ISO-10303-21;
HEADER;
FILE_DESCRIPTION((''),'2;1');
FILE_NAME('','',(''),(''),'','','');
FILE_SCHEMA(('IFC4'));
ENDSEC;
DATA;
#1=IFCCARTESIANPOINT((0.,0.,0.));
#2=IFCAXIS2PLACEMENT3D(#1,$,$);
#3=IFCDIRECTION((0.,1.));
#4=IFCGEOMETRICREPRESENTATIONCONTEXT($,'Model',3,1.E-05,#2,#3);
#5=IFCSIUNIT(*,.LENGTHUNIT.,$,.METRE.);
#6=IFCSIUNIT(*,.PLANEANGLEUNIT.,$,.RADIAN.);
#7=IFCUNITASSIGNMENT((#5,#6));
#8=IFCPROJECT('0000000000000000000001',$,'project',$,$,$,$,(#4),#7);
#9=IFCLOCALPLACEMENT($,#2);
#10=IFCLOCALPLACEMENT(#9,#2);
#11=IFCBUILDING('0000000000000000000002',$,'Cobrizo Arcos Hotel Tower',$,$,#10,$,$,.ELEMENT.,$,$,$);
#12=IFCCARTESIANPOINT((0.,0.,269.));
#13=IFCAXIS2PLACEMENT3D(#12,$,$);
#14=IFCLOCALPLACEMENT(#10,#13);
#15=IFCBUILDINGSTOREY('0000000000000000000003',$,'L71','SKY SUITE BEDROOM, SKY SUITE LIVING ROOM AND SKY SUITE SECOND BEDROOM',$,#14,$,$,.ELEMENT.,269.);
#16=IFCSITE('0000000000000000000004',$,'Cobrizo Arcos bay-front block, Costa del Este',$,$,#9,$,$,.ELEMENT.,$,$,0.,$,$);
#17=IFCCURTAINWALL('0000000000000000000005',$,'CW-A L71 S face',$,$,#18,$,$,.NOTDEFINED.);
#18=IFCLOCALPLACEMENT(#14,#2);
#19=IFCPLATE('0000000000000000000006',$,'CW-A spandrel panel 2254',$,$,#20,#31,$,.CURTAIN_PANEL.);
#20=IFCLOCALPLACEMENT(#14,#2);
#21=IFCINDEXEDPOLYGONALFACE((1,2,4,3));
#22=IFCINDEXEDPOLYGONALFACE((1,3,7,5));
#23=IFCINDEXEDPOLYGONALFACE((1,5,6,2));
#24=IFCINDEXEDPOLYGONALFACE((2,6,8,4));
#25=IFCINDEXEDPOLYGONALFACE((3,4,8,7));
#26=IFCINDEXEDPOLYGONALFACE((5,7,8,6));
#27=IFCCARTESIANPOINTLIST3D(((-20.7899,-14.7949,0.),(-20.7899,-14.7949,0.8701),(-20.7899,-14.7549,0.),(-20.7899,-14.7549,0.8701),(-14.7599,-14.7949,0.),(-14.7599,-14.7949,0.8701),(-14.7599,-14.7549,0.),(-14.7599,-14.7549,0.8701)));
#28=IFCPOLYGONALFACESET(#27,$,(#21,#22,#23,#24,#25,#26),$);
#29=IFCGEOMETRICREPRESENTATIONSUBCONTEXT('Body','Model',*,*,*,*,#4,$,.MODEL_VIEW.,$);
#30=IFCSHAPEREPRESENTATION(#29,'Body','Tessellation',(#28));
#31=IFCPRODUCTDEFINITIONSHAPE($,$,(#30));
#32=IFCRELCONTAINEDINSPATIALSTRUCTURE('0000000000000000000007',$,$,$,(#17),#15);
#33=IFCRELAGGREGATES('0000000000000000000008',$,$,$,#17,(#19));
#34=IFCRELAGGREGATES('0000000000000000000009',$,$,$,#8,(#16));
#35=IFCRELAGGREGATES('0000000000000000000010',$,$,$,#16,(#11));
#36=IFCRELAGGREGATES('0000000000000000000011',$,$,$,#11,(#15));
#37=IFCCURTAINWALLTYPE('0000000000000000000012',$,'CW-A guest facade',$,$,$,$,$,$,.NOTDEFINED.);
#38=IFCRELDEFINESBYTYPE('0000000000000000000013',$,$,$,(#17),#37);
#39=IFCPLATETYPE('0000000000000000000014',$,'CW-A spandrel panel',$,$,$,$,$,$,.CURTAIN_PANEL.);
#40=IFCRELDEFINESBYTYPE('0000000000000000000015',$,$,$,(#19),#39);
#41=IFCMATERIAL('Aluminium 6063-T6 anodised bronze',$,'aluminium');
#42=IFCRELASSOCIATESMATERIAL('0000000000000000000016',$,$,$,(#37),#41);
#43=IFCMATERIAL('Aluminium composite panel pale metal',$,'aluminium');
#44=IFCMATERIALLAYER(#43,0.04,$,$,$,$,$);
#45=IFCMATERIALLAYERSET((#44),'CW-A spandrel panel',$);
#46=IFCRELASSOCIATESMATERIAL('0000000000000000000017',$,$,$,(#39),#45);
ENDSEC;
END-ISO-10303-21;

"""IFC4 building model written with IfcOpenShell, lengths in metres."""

from ifc_helpers import new_model, si_unit, direction, frame, origin, origin_2d, place, context, subcontext, project, spatial, rectangle, extrude, material, layer, layer_set, type_object, element, aggregate, save


model = new_model("IFC4")

# Units and contexts
model_context = context("Model", 3, precision=1e-05, world=origin(), true_north=direction((0.0, 1.0)))
body_context = subcontext(model_context, "Body", "Model", "MODEL_VIEW")
ifc_project = project(units=[si_unit("LENGTHUNIT", "METRE"), si_unit("PLANEANGLEUNIT", "RADIAN")], contexts=[model_context])

# Site, building, storey
site_placement = place(None, origin())
site = spatial("IfcSite", under=ifc_project, at=site_placement, Name="Cobrizo Arcos bay-front block, Costa del Este", CompositionType="ELEMENT", RefElevation=0.0)
building_placement = place(site_placement, origin())
building = spatial("IfcBuilding", under=site, at=building_placement, Name="Cobrizo Arcos Hotel Tower", CompositionType="ELEMENT")
storey_placement = place(building_placement, frame((0.0, 0.0, 269.0)))
storey = spatial("IfcBuildingStorey", under=building, at=storey_placement, Name="L71", Description="SKY SUITE BEDROOM, SKY SUITE LIVING ROOM AND SKY SUITE SECOND BEDROOM", CompositionType="ELEMENT", Elevation=269.0)

# Shared definitions
ifc_material_1 = material(Name="Aluminium 6063-T6 anodised bronze", Category="aluminium")
curtain_wall_type = type_object("IfcCurtainWallType", Name="CW-A guest facade", PredefinedType="NOTDEFINED", material=ifc_material_1)

# Curtain wall
curtain_wall_1_placement = place(storey_placement, origin())
curtain_wall_1 = element("IfcCurtainWall", 1, at=curtain_wall_1_placement, inside=storey, type_object=curtain_wall_type, Name="CW-A L71 S face", PredefinedType="NOTDEFINED")

# Plate
ifc_material_2 = material(Name="Aluminium composite panel pale metal", Category="aluminium")
ifc_layer_1 = layer(ifc_material_2, 0.04)
ifc_layer_set_1 = layer_set([ifc_layer_1], Name="CW-A spandrel panel")
plate_type_1 = type_object("IfcPlateType", Name="CW-A spandrel panel", PredefinedType="CURTAIN_PANEL", material=ifc_layer_set_1)
plate_1_placement = place(storey_placement, frame((-17.7749, -14.7749, 0.0), z_axis=(0.0, 0.0, 1.0), x_axis=(1.0, 0.0, 0.0)))
plate_1 = element("IfcPlate", 2, at=plate_1_placement, type_object=plate_type_1, Name="CW-A spandrel panel 2254", PredefinedType="CURTAIN_PANEL", context=body_context, shape_type="SweptSolid", body=[
    extrude(rectangle(XDim=6.03, YDim=0.04, at=origin_2d()), origin(), (0.0, 0.0, 1.0), 0.8701),
])
aggregate(curtain_wall_1, [plate_1])

save(model, "model.ifc")
